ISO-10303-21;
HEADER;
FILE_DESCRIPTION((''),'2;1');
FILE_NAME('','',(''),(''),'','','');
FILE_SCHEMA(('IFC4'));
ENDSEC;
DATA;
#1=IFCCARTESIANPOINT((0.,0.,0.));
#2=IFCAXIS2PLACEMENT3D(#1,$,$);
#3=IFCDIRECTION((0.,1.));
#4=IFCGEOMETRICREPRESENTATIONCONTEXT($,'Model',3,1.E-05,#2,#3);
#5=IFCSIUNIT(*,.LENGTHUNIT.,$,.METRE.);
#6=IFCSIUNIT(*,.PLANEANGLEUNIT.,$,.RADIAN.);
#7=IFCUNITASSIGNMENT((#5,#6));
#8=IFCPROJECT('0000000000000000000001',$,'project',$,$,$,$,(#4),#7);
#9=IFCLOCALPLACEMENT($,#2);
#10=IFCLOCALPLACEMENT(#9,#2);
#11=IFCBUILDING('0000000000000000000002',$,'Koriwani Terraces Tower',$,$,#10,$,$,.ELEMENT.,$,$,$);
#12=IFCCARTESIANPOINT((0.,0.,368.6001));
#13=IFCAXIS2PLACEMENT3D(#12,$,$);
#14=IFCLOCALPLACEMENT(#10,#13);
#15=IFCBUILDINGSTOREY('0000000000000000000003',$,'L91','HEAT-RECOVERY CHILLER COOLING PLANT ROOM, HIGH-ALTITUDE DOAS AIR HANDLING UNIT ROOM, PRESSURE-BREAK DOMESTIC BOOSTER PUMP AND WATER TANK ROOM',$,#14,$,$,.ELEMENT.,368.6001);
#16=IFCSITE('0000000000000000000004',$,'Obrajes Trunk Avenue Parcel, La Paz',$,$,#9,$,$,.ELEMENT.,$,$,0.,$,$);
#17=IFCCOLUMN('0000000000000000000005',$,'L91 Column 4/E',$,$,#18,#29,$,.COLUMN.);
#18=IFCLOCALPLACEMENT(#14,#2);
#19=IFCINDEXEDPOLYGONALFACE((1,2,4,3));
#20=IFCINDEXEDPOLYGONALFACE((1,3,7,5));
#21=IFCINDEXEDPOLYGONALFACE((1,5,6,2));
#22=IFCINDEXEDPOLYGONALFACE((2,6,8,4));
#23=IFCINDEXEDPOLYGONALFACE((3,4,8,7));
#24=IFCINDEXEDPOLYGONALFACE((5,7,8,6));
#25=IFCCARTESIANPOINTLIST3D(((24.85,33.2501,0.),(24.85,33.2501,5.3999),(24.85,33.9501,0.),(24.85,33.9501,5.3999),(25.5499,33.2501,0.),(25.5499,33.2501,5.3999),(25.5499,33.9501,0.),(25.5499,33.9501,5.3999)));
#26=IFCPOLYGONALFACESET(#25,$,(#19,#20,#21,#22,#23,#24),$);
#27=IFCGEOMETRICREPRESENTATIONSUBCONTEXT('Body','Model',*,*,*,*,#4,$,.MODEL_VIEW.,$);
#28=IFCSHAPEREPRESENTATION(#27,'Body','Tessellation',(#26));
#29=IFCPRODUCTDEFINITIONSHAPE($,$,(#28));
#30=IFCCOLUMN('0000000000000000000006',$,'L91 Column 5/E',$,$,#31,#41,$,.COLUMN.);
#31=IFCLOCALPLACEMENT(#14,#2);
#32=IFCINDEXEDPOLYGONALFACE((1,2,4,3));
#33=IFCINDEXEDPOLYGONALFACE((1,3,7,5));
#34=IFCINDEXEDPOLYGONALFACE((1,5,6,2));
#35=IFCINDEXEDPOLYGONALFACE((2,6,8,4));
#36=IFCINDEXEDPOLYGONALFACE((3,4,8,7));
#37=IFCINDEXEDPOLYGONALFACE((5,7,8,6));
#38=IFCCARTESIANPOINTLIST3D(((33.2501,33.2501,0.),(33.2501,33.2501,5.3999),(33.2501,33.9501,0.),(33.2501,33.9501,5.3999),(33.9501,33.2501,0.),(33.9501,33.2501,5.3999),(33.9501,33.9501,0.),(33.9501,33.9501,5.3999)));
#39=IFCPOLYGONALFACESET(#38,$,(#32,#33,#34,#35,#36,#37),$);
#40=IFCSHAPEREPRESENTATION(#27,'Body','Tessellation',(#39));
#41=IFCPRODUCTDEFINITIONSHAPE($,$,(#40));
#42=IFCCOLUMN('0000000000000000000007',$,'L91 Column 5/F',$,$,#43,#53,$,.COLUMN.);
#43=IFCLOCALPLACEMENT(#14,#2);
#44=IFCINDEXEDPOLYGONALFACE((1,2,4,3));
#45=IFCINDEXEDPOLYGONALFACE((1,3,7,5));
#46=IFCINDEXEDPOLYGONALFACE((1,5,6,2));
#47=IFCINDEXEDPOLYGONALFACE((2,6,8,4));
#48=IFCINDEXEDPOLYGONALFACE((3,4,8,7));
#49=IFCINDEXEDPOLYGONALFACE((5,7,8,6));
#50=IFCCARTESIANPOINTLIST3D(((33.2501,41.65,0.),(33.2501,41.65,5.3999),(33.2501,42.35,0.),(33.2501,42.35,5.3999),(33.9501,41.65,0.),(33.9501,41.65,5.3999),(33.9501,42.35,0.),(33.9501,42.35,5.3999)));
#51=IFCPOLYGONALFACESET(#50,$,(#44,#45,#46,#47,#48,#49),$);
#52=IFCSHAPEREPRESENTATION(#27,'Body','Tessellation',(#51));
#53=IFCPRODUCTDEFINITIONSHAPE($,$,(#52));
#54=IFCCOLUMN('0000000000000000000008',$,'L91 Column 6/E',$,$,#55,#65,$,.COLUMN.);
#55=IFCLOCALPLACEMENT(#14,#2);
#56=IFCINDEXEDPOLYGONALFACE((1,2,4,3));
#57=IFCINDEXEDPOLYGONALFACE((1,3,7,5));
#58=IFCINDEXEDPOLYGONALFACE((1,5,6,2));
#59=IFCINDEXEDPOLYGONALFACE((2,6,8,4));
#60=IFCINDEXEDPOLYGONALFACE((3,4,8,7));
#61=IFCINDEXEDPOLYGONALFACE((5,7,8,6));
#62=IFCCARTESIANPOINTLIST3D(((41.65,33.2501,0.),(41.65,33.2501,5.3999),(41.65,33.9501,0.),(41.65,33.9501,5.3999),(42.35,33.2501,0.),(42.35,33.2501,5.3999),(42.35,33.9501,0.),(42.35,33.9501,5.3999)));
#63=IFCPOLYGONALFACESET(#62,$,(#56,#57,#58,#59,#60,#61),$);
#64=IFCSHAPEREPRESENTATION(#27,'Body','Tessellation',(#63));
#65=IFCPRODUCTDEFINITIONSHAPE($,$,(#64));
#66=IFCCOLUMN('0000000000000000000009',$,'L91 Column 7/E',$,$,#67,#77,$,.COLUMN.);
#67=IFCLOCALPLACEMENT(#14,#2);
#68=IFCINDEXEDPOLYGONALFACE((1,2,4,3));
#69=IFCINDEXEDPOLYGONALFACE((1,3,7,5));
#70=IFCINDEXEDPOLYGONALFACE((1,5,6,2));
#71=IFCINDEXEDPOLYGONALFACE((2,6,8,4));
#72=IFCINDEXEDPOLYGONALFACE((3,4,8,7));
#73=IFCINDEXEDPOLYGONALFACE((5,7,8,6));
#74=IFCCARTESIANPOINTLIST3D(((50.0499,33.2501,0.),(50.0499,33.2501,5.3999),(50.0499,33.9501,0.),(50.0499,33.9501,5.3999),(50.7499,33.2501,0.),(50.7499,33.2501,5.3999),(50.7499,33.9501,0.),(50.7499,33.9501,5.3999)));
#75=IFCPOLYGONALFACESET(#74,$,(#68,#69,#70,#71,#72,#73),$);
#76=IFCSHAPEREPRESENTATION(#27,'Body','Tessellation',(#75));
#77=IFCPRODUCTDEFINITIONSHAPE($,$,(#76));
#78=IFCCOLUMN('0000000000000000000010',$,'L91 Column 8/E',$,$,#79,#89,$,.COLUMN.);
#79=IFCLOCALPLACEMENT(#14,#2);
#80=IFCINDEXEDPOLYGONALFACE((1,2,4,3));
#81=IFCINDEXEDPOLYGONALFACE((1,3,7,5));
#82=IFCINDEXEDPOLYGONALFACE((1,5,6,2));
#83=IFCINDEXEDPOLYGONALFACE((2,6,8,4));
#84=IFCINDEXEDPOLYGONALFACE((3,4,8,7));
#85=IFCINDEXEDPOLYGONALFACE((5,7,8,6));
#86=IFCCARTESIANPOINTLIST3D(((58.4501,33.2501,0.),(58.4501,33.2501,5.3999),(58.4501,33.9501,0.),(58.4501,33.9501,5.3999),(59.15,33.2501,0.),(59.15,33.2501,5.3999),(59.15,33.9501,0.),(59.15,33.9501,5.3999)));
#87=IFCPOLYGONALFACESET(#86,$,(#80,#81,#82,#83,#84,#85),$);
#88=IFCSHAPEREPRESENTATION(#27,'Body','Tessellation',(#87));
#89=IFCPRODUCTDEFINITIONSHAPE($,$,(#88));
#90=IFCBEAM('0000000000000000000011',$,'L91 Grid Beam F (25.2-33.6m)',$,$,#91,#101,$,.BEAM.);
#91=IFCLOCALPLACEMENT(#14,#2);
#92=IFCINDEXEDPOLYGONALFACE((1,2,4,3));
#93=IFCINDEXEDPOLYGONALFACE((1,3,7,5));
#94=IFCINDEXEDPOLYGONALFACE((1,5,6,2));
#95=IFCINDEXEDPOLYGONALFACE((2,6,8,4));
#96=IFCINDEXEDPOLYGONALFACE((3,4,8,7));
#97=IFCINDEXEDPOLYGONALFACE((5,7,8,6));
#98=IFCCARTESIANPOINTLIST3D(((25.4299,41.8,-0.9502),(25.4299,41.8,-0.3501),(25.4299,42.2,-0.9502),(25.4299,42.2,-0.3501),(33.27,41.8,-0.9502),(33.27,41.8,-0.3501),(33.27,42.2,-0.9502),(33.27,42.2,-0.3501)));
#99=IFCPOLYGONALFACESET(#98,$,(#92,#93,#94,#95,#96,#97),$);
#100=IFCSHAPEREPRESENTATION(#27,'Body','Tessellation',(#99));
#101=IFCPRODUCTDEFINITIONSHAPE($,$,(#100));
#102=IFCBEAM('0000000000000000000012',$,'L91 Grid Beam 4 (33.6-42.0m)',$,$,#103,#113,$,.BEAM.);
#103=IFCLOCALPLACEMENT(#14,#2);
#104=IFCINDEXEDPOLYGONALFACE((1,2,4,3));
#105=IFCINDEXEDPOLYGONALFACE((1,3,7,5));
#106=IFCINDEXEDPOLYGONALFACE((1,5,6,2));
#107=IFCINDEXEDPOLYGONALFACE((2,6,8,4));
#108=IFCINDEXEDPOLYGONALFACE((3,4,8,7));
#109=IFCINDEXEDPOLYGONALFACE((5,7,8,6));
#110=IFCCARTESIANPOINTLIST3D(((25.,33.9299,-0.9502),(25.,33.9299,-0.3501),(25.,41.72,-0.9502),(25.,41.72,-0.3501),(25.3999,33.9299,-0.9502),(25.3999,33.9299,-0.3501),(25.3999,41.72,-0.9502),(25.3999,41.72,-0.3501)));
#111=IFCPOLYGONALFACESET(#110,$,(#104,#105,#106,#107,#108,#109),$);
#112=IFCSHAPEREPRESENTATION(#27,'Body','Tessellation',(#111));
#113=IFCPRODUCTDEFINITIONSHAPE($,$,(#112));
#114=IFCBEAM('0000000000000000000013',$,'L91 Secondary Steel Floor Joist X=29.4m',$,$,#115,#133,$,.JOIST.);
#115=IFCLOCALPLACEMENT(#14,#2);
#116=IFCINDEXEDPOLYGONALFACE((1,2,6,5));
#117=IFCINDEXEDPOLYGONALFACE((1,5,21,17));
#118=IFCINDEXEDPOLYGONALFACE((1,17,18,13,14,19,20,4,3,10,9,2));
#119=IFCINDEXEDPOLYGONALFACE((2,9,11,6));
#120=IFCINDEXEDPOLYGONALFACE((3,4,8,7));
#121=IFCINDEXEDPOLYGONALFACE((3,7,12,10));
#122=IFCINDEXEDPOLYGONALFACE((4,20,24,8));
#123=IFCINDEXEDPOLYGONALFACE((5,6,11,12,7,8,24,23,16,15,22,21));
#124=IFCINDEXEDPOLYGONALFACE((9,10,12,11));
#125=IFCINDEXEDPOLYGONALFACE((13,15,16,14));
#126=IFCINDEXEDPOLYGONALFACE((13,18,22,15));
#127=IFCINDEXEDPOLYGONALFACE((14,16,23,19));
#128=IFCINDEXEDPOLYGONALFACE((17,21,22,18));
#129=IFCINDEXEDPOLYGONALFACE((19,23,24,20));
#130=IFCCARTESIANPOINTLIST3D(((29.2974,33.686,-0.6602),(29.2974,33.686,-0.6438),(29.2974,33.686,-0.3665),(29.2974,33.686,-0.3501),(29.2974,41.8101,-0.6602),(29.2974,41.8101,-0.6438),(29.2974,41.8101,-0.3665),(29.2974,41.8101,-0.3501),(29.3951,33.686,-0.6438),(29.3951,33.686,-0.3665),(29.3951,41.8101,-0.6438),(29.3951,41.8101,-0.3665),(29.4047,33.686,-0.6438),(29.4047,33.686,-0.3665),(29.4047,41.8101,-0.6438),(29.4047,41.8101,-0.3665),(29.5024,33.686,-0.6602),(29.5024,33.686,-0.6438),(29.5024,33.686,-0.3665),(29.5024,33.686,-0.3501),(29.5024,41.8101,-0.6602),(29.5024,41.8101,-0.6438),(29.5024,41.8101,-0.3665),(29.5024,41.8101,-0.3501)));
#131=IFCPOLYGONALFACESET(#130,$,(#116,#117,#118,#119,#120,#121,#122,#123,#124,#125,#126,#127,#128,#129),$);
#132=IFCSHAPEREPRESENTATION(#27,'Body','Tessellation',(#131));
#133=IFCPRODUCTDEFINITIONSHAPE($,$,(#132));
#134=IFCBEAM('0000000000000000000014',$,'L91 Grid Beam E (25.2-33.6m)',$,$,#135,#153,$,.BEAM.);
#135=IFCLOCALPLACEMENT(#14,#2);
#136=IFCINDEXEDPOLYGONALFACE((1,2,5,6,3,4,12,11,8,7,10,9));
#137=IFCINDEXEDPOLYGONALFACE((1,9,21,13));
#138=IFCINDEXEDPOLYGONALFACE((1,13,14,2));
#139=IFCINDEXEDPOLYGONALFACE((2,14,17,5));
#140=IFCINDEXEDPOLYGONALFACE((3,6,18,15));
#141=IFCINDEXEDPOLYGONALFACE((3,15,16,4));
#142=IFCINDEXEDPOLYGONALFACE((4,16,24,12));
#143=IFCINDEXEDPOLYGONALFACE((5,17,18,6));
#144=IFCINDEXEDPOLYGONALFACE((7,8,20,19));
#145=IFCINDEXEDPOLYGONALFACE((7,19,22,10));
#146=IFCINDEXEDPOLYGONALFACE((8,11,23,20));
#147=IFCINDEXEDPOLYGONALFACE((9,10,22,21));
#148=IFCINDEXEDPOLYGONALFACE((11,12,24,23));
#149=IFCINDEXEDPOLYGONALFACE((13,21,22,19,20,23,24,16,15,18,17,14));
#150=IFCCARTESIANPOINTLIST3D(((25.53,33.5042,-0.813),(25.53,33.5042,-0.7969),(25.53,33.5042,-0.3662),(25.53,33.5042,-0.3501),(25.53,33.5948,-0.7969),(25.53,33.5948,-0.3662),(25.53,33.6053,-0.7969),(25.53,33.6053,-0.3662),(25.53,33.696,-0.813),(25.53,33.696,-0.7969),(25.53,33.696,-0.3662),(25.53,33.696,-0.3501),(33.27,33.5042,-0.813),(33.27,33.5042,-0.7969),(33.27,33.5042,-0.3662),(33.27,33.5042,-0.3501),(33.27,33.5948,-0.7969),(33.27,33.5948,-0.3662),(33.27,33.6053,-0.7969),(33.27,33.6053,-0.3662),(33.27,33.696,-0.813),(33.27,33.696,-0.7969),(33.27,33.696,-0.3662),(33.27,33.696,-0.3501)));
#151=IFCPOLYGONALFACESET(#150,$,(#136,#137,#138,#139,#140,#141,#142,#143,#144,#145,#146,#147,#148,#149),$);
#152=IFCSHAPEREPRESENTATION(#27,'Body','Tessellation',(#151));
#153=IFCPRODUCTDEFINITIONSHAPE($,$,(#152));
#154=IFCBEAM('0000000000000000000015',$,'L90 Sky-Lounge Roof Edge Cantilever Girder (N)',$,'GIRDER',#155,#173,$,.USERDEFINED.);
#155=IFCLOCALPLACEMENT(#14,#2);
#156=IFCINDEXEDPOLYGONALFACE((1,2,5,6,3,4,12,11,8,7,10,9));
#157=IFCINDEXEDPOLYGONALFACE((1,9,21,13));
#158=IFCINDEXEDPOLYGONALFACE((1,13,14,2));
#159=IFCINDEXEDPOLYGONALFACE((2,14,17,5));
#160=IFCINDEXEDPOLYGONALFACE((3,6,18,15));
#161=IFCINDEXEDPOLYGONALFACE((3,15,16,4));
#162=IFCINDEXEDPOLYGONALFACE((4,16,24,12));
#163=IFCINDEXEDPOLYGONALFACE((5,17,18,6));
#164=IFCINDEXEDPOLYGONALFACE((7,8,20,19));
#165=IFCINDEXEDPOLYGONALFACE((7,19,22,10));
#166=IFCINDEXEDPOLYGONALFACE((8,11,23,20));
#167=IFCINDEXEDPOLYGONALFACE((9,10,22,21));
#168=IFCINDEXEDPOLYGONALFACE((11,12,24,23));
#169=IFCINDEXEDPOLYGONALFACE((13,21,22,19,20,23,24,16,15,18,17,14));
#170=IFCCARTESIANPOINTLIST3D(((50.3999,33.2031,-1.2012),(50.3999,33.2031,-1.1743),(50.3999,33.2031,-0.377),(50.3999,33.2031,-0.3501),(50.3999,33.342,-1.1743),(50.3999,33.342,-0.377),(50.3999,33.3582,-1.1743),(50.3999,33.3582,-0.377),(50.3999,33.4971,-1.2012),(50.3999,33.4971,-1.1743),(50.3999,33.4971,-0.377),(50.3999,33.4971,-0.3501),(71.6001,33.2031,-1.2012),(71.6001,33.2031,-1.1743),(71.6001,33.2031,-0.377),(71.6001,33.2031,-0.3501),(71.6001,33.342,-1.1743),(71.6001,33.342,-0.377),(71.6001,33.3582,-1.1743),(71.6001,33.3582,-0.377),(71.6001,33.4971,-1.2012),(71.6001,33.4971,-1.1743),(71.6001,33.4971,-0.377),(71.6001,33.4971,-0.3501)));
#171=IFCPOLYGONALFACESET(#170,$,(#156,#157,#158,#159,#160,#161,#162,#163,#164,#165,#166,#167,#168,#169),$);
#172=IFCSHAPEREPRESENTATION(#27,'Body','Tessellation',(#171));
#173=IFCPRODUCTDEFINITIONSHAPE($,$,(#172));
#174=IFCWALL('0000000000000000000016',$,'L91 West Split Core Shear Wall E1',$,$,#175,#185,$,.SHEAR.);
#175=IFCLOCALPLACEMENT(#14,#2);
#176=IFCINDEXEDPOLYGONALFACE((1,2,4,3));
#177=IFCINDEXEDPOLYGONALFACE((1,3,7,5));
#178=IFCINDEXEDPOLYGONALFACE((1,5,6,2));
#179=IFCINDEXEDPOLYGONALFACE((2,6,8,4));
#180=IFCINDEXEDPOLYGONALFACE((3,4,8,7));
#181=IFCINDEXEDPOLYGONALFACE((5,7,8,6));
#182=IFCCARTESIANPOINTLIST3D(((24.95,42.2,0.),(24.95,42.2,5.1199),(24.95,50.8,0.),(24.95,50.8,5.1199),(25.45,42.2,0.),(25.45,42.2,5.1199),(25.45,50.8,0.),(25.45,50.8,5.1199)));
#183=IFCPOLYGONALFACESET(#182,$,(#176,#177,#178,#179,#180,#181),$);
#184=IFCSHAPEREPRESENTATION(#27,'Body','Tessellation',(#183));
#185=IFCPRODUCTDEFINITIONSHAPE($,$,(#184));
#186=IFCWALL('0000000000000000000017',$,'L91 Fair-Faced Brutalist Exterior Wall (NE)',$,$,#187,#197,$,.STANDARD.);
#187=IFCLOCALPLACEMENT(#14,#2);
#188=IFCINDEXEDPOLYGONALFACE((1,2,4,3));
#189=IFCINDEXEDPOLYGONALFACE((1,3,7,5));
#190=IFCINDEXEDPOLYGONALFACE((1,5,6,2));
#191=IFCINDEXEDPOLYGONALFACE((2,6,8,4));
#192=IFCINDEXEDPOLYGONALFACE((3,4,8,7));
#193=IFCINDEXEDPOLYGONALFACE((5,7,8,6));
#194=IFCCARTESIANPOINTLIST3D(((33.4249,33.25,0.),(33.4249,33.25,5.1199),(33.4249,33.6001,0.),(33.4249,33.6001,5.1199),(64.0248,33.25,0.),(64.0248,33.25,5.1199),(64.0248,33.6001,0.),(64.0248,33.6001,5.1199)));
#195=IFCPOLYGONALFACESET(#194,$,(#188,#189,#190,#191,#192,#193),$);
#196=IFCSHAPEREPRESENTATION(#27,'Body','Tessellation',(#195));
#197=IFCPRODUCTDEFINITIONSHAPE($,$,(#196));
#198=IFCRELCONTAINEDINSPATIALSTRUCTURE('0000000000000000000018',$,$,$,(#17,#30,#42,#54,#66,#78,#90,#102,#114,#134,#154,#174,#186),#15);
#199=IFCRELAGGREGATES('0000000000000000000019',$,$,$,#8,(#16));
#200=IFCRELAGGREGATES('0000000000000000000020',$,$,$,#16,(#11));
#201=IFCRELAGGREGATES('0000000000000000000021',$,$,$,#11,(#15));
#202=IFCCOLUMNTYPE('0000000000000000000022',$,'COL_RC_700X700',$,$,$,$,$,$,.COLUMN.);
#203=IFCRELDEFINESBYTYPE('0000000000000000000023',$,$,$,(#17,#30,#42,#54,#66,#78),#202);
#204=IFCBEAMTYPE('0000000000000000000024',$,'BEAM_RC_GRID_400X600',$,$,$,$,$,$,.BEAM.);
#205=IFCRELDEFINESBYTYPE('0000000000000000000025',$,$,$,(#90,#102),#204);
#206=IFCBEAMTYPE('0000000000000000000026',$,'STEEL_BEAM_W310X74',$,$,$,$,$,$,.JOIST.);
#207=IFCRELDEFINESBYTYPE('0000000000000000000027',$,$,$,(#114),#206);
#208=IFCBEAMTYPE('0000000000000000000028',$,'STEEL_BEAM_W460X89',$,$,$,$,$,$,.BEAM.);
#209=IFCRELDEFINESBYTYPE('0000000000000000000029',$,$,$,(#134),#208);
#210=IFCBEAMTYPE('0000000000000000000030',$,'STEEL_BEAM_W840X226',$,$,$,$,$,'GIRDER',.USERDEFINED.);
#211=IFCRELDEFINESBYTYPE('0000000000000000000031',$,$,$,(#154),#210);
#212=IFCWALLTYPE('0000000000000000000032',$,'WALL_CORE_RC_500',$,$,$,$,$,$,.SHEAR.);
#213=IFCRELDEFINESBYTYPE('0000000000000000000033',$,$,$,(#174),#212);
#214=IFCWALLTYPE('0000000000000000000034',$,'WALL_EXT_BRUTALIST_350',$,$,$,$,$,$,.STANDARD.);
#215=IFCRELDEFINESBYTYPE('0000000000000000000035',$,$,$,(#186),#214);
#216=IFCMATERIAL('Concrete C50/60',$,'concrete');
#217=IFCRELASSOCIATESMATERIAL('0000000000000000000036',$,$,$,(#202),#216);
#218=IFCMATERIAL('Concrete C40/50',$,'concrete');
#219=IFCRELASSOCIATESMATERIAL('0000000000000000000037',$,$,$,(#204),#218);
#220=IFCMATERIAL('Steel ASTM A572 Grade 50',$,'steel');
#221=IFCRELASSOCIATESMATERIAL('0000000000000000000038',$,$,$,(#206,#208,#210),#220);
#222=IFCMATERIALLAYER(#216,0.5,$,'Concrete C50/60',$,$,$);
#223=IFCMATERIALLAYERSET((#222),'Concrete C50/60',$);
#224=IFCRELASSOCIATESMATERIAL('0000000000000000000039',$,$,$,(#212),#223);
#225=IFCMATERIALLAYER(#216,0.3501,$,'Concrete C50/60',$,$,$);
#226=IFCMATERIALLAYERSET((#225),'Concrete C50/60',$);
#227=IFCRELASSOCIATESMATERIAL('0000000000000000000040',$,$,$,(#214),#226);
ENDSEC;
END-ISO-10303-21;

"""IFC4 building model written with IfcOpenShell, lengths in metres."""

from ifc_helpers import new_model, si_unit, direction, frame, frame_2d, origin, origin_2d, place, context, subcontext, project, spatial, rectangle, i_section, extrude, material, layer, layer_set, material_profile, profile_set, type_object, element, save


model = new_model("IFC4")

# Units and contexts
model_context = context("Model", 3, precision=1e-05, world=origin(), true_north=direction((0.0, 1.0)))
body_context = subcontext(model_context, "Body", "Model", "MODEL_VIEW")
ifc_project = project(units=[si_unit("LENGTHUNIT", "METRE"), si_unit("PLANEANGLEUNIT", "RADIAN")], contexts=[model_context])

# Site, building, storey
site_placement = place(None, origin())
site = spatial("IfcSite", under=ifc_project, at=site_placement, Name="Obrajes Trunk Avenue Parcel, La Paz", CompositionType="ELEMENT", RefElevation=0.0)
building_placement = place(site_placement, origin())
building = spatial("IfcBuilding", under=site, at=building_placement, Name="Koriwani Terraces Tower", CompositionType="ELEMENT")
storey_placement = place(building_placement, frame((0.0, 0.0, 368.6001)))
storey = spatial("IfcBuildingStorey", under=building, at=storey_placement, Name="L91", Description="HEAT-RECOVERY CHILLER COOLING PLANT ROOM, HIGH-ALTITUDE DOAS AIR HANDLING UNIT ROOM, PRESSURE-BREAK DOMESTIC BOOSTER PUMP AND WATER TANK ROOM", CompositionType="ELEMENT", Elevation=368.6001)

# Columns
ifc_material_1 = material(Name="Concrete C50/60", Category="concrete")
ifc_material_profile_1 = material_profile(ifc_material_1, rectangle(XDim=0.7, YDim=0.7, at=origin_2d()), Name="Concrete C50/60", Category="LoadBearing")
ifc_profile_set_1 = profile_set([ifc_material_profile_1], Name="Concrete C50/60")
column_type = type_object("IfcColumnType", Name="COL_RC_700X700", PredefinedType="COLUMN", material=ifc_profile_set_1)
for number, where, z_axis, x_axis, name in (
    (1, (25.2, 33.6001, 0.0), (0.0, 0.0, 1.0), (1.0, 0.0, 0.0), "L91 Column 4/E"),
    (2, (33.6001, 33.6001, 0.0), (0.0, 0.0, 1.0), (1.0, 0.0, 0.0), "L91 Column 5/E"),
    (3, (33.6001, 42.0, 0.0), (0.0, 0.0, 1.0), (1.0, 0.0, 0.0), "L91 Column 5/F"),
    (4, (42.0, 33.6001, 0.0), (0.0, 0.0, 1.0), (1.0, 0.0, 0.0), "L91 Column 6/E"),
    (5, (50.3999, 33.6001, 0.0), (0.0, 0.0, 1.0), (1.0, 0.0, 0.0), "L91 Column 7/E"),
    (6, (58.8, 33.6001, 0.0), (0.0, 0.0, 1.0), (1.0, 0.0, 0.0), "L91 Column 8/E"),
):
    element("IfcColumn", number, at=place(storey_placement, frame(where, z_axis=z_axis, x_axis=x_axis)), inside=storey, type_object=column_type, Name=name, PredefinedType="COLUMN", context=body_context, shape_type="SweptSolid", body=[
        extrude(rectangle(XDim=0.7, YDim=0.7, at=origin_2d()), origin(), (0.0, 0.0, 1.0), 5.3999),
    ])

# Beams
ifc_material_2 = material(Name="Concrete C40/50", Category="concrete")
ifc_material_profile_2 = material_profile(ifc_material_2, rectangle(XDim=0.3999, YDim=0.6001, at=origin_2d()), Name="Concrete C40/50", Category="LoadBearing")
ifc_profile_set_2 = profile_set([ifc_material_profile_2], Name="Concrete C40/50")
beam_type_1 = type_object("IfcBeamType", Name="BEAM_RC_GRID_400X600", PredefinedType="BEAM", material=ifc_profile_set_2)
beam_1_placement = place(storey_placement, frame((25.4299, 42.0, -0.6501), z_axis=(1.0, 0.0, 0.0), x_axis=(0.0, 1.0, 0.0)))
element("IfcBeam", 7, at=beam_1_placement, inside=storey, type_object=beam_type_1, Name="L91 Grid Beam F (25.2-33.6m)", PredefinedType="BEAM", context=body_context, shape_type="SweptSolid", body=[
    extrude(rectangle(XDim=0.3999, YDim=0.6001, at=origin_2d()), origin(), (0.0, 0.0, 1.0), 7.8401),
])
beam_2_placement = place(storey_placement, frame((25.2, 33.9299, -0.6501), z_axis=(0.0, 1.0, 0.0), x_axis=(-1.0, 0.0, 0.0)))
element("IfcBeam", 8, at=beam_2_placement, inside=storey, type_object=beam_type_1, Name="L91 Grid Beam 4 (33.6-42.0m)", PredefinedType="BEAM", context=body_context, shape_type="SweptSolid", body=[
    extrude(rectangle(XDim=0.3999, YDim=0.6001, at=origin_2d()), origin(), (0.0, 0.0, 1.0), 7.79),
])
ifc_material_3 = material(Name="Steel ASTM A572 Grade 50", Category="steel")
ifc_material_profile_3 = material_profile(ifc_material_3, i_section(OverallWidth=0.2051, OverallDepth=0.3101, WebThickness=0.0095, FlangeThickness=0.0164, at=origin_2d()), Name="Steel ASTM A572 Grade 50", Category="LoadBearing")
ifc_profile_set_3 = profile_set([ifc_material_profile_3], Name="Steel ASTM A572 Grade 50")
beam_type_2 = type_object("IfcBeamType", Name="STEEL_BEAM_W310X74", PredefinedType="JOIST", material=ifc_profile_set_3)
beam_3_placement = place(storey_placement, frame((29.3999, 33.686, -0.5051), z_axis=(0.0, 1.0, 0.0), x_axis=(-1.0, 0.0, 0.0)))
element("IfcBeam", 9, at=beam_3_placement, inside=storey, type_object=beam_type_2, Name="L91 Secondary Steel Floor Joist X=29.4m", PredefinedType="JOIST", context=body_context, shape_type="SweptSolid", body=[
    extrude(i_section(OverallWidth=0.2051, OverallDepth=0.3101, WebThickness=0.0095, FlangeThickness=0.0164, at=origin_2d()), origin(), (0.0, 0.0, 1.0), 8.124),
])
ifc_material_profile_4 = material_profile(ifc_material_3, i_section(OverallWidth=0.1919, OverallDepth=0.4629, WebThickness=0.0105, FlangeThickness=0.0161, at=origin_2d()), Name="Steel ASTM A572 Grade 50", Category="LoadBearing")
ifc_profile_set_4 = profile_set([ifc_material_profile_4], Name="Steel ASTM A572 Grade 50")
beam_type_3 = type_object("IfcBeamType", Name="STEEL_BEAM_W460X89", PredefinedType="BEAM", material=ifc_profile_set_4)
beam_4_placement = place(storey_placement, frame((25.53, 33.6001, -0.5815), z_axis=(1.0, 0.0, 0.0), x_axis=(0.0, 1.0, 0.0)))
element("IfcBeam", 10, at=beam_4_placement, inside=storey, type_object=beam_type_3, Name="L91 Grid Beam E (25.2-33.6m)", PredefinedType="BEAM", context=body_context, shape_type="SweptSolid", body=[
    extrude(i_section(OverallWidth=0.1919, OverallDepth=0.4629, WebThickness=0.0105, FlangeThickness=0.0161, at=origin_2d()), origin(), (0.0, 0.0, 1.0), 7.74),
])
ifc_material_profile_5 = material_profile(ifc_material_3, i_section(OverallWidth=0.2939, OverallDepth=0.8511, WebThickness=0.0161, FlangeThickness=0.0269, at=origin_2d()), Name="Steel ASTM A572 Grade 50", Category="LoadBearing")
ifc_profile_set_5 = profile_set([ifc_material_profile_5], Name="Steel ASTM A572 Grade 50")
beam_type_4 = type_object("IfcBeamType", Name="STEEL_BEAM_W840X226", ElementType="GIRDER", PredefinedType="USERDEFINED", material=ifc_profile_set_5)
beam_5_placement = place(storey_placement, frame((50.3999, 33.3501, -0.7756), z_axis=(1.0, 0.0, 0.0), x_axis=(0.0, 1.0, 0.0)))
element("IfcBeam", 11, at=beam_5_placement, inside=storey, type_object=beam_type_4, Name="L90 Sky-Lounge Roof Edge Cantilever Girder (N)", ObjectType="GIRDER", PredefinedType="USERDEFINED", context=body_context, shape_type="SweptSolid", body=[
    extrude(i_section(OverallWidth=0.2939, OverallDepth=0.8511, WebThickness=0.0161, FlangeThickness=0.0269, at=origin_2d()), origin(), (0.0, 0.0, 1.0), 21.2002),
])

# Walls
ifc_layer_1 = layer(ifc_material_1, 0.5, Name="Concrete C50/60")
ifc_layer_set_1 = layer_set([ifc_layer_1], Name="Concrete C50/60")
wall_type_1 = type_object("IfcWallType", Name="WALL_CORE_RC_500", PredefinedType="SHEAR", material=ifc_layer_set_1)
wall_1_placement = place(storey_placement, frame((25.2, 42.2, 0.0), z_axis=(0.0, 0.0, 1.0), x_axis=(0.0, 1.0, 0.0)))
element("IfcWall", 12, at=wall_1_placement, inside=storey, type_object=wall_type_1, Name="L91 West Split Core Shear Wall E1", PredefinedType="SHEAR", context=body_context, shape_type="SweptSolid", body=[
    extrude(rectangle(XDim=8.6001, YDim=0.5, at=frame_2d((4.3, 0.0))), origin(), (0.0, 0.0, 1.0), 5.1199),
])
ifc_layer_2 = layer(ifc_material_1, 0.3501, Name="Concrete C50/60")
ifc_layer_set_2 = layer_set([ifc_layer_2], Name="Concrete C50/60")
wall_type_2 = type_object("IfcWallType", Name="WALL_EXT_BRUTALIST_350", PredefinedType="STANDARD", material=ifc_layer_set_2)
wall_2_placement = place(storey_placement, frame((33.425, 33.425, 0.0), z_axis=(0.0, 0.0, 1.0), x_axis=(1.0, 0.0, 0.0)))
element("IfcWall", 13, at=wall_2_placement, inside=storey, type_object=wall_type_2, Name="L91 Fair-Faced Brutalist Exterior Wall (NE)", PredefinedType="STANDARD", context=body_context, shape_type="SweptSolid", body=[
    extrude(rectangle(XDim=30.5999, YDim=0.3501, at=frame_2d((15.2998, 0.0))), origin(), (0.0, 0.0, 1.0), 5.1199),
])

save(model, "model.ifc")
